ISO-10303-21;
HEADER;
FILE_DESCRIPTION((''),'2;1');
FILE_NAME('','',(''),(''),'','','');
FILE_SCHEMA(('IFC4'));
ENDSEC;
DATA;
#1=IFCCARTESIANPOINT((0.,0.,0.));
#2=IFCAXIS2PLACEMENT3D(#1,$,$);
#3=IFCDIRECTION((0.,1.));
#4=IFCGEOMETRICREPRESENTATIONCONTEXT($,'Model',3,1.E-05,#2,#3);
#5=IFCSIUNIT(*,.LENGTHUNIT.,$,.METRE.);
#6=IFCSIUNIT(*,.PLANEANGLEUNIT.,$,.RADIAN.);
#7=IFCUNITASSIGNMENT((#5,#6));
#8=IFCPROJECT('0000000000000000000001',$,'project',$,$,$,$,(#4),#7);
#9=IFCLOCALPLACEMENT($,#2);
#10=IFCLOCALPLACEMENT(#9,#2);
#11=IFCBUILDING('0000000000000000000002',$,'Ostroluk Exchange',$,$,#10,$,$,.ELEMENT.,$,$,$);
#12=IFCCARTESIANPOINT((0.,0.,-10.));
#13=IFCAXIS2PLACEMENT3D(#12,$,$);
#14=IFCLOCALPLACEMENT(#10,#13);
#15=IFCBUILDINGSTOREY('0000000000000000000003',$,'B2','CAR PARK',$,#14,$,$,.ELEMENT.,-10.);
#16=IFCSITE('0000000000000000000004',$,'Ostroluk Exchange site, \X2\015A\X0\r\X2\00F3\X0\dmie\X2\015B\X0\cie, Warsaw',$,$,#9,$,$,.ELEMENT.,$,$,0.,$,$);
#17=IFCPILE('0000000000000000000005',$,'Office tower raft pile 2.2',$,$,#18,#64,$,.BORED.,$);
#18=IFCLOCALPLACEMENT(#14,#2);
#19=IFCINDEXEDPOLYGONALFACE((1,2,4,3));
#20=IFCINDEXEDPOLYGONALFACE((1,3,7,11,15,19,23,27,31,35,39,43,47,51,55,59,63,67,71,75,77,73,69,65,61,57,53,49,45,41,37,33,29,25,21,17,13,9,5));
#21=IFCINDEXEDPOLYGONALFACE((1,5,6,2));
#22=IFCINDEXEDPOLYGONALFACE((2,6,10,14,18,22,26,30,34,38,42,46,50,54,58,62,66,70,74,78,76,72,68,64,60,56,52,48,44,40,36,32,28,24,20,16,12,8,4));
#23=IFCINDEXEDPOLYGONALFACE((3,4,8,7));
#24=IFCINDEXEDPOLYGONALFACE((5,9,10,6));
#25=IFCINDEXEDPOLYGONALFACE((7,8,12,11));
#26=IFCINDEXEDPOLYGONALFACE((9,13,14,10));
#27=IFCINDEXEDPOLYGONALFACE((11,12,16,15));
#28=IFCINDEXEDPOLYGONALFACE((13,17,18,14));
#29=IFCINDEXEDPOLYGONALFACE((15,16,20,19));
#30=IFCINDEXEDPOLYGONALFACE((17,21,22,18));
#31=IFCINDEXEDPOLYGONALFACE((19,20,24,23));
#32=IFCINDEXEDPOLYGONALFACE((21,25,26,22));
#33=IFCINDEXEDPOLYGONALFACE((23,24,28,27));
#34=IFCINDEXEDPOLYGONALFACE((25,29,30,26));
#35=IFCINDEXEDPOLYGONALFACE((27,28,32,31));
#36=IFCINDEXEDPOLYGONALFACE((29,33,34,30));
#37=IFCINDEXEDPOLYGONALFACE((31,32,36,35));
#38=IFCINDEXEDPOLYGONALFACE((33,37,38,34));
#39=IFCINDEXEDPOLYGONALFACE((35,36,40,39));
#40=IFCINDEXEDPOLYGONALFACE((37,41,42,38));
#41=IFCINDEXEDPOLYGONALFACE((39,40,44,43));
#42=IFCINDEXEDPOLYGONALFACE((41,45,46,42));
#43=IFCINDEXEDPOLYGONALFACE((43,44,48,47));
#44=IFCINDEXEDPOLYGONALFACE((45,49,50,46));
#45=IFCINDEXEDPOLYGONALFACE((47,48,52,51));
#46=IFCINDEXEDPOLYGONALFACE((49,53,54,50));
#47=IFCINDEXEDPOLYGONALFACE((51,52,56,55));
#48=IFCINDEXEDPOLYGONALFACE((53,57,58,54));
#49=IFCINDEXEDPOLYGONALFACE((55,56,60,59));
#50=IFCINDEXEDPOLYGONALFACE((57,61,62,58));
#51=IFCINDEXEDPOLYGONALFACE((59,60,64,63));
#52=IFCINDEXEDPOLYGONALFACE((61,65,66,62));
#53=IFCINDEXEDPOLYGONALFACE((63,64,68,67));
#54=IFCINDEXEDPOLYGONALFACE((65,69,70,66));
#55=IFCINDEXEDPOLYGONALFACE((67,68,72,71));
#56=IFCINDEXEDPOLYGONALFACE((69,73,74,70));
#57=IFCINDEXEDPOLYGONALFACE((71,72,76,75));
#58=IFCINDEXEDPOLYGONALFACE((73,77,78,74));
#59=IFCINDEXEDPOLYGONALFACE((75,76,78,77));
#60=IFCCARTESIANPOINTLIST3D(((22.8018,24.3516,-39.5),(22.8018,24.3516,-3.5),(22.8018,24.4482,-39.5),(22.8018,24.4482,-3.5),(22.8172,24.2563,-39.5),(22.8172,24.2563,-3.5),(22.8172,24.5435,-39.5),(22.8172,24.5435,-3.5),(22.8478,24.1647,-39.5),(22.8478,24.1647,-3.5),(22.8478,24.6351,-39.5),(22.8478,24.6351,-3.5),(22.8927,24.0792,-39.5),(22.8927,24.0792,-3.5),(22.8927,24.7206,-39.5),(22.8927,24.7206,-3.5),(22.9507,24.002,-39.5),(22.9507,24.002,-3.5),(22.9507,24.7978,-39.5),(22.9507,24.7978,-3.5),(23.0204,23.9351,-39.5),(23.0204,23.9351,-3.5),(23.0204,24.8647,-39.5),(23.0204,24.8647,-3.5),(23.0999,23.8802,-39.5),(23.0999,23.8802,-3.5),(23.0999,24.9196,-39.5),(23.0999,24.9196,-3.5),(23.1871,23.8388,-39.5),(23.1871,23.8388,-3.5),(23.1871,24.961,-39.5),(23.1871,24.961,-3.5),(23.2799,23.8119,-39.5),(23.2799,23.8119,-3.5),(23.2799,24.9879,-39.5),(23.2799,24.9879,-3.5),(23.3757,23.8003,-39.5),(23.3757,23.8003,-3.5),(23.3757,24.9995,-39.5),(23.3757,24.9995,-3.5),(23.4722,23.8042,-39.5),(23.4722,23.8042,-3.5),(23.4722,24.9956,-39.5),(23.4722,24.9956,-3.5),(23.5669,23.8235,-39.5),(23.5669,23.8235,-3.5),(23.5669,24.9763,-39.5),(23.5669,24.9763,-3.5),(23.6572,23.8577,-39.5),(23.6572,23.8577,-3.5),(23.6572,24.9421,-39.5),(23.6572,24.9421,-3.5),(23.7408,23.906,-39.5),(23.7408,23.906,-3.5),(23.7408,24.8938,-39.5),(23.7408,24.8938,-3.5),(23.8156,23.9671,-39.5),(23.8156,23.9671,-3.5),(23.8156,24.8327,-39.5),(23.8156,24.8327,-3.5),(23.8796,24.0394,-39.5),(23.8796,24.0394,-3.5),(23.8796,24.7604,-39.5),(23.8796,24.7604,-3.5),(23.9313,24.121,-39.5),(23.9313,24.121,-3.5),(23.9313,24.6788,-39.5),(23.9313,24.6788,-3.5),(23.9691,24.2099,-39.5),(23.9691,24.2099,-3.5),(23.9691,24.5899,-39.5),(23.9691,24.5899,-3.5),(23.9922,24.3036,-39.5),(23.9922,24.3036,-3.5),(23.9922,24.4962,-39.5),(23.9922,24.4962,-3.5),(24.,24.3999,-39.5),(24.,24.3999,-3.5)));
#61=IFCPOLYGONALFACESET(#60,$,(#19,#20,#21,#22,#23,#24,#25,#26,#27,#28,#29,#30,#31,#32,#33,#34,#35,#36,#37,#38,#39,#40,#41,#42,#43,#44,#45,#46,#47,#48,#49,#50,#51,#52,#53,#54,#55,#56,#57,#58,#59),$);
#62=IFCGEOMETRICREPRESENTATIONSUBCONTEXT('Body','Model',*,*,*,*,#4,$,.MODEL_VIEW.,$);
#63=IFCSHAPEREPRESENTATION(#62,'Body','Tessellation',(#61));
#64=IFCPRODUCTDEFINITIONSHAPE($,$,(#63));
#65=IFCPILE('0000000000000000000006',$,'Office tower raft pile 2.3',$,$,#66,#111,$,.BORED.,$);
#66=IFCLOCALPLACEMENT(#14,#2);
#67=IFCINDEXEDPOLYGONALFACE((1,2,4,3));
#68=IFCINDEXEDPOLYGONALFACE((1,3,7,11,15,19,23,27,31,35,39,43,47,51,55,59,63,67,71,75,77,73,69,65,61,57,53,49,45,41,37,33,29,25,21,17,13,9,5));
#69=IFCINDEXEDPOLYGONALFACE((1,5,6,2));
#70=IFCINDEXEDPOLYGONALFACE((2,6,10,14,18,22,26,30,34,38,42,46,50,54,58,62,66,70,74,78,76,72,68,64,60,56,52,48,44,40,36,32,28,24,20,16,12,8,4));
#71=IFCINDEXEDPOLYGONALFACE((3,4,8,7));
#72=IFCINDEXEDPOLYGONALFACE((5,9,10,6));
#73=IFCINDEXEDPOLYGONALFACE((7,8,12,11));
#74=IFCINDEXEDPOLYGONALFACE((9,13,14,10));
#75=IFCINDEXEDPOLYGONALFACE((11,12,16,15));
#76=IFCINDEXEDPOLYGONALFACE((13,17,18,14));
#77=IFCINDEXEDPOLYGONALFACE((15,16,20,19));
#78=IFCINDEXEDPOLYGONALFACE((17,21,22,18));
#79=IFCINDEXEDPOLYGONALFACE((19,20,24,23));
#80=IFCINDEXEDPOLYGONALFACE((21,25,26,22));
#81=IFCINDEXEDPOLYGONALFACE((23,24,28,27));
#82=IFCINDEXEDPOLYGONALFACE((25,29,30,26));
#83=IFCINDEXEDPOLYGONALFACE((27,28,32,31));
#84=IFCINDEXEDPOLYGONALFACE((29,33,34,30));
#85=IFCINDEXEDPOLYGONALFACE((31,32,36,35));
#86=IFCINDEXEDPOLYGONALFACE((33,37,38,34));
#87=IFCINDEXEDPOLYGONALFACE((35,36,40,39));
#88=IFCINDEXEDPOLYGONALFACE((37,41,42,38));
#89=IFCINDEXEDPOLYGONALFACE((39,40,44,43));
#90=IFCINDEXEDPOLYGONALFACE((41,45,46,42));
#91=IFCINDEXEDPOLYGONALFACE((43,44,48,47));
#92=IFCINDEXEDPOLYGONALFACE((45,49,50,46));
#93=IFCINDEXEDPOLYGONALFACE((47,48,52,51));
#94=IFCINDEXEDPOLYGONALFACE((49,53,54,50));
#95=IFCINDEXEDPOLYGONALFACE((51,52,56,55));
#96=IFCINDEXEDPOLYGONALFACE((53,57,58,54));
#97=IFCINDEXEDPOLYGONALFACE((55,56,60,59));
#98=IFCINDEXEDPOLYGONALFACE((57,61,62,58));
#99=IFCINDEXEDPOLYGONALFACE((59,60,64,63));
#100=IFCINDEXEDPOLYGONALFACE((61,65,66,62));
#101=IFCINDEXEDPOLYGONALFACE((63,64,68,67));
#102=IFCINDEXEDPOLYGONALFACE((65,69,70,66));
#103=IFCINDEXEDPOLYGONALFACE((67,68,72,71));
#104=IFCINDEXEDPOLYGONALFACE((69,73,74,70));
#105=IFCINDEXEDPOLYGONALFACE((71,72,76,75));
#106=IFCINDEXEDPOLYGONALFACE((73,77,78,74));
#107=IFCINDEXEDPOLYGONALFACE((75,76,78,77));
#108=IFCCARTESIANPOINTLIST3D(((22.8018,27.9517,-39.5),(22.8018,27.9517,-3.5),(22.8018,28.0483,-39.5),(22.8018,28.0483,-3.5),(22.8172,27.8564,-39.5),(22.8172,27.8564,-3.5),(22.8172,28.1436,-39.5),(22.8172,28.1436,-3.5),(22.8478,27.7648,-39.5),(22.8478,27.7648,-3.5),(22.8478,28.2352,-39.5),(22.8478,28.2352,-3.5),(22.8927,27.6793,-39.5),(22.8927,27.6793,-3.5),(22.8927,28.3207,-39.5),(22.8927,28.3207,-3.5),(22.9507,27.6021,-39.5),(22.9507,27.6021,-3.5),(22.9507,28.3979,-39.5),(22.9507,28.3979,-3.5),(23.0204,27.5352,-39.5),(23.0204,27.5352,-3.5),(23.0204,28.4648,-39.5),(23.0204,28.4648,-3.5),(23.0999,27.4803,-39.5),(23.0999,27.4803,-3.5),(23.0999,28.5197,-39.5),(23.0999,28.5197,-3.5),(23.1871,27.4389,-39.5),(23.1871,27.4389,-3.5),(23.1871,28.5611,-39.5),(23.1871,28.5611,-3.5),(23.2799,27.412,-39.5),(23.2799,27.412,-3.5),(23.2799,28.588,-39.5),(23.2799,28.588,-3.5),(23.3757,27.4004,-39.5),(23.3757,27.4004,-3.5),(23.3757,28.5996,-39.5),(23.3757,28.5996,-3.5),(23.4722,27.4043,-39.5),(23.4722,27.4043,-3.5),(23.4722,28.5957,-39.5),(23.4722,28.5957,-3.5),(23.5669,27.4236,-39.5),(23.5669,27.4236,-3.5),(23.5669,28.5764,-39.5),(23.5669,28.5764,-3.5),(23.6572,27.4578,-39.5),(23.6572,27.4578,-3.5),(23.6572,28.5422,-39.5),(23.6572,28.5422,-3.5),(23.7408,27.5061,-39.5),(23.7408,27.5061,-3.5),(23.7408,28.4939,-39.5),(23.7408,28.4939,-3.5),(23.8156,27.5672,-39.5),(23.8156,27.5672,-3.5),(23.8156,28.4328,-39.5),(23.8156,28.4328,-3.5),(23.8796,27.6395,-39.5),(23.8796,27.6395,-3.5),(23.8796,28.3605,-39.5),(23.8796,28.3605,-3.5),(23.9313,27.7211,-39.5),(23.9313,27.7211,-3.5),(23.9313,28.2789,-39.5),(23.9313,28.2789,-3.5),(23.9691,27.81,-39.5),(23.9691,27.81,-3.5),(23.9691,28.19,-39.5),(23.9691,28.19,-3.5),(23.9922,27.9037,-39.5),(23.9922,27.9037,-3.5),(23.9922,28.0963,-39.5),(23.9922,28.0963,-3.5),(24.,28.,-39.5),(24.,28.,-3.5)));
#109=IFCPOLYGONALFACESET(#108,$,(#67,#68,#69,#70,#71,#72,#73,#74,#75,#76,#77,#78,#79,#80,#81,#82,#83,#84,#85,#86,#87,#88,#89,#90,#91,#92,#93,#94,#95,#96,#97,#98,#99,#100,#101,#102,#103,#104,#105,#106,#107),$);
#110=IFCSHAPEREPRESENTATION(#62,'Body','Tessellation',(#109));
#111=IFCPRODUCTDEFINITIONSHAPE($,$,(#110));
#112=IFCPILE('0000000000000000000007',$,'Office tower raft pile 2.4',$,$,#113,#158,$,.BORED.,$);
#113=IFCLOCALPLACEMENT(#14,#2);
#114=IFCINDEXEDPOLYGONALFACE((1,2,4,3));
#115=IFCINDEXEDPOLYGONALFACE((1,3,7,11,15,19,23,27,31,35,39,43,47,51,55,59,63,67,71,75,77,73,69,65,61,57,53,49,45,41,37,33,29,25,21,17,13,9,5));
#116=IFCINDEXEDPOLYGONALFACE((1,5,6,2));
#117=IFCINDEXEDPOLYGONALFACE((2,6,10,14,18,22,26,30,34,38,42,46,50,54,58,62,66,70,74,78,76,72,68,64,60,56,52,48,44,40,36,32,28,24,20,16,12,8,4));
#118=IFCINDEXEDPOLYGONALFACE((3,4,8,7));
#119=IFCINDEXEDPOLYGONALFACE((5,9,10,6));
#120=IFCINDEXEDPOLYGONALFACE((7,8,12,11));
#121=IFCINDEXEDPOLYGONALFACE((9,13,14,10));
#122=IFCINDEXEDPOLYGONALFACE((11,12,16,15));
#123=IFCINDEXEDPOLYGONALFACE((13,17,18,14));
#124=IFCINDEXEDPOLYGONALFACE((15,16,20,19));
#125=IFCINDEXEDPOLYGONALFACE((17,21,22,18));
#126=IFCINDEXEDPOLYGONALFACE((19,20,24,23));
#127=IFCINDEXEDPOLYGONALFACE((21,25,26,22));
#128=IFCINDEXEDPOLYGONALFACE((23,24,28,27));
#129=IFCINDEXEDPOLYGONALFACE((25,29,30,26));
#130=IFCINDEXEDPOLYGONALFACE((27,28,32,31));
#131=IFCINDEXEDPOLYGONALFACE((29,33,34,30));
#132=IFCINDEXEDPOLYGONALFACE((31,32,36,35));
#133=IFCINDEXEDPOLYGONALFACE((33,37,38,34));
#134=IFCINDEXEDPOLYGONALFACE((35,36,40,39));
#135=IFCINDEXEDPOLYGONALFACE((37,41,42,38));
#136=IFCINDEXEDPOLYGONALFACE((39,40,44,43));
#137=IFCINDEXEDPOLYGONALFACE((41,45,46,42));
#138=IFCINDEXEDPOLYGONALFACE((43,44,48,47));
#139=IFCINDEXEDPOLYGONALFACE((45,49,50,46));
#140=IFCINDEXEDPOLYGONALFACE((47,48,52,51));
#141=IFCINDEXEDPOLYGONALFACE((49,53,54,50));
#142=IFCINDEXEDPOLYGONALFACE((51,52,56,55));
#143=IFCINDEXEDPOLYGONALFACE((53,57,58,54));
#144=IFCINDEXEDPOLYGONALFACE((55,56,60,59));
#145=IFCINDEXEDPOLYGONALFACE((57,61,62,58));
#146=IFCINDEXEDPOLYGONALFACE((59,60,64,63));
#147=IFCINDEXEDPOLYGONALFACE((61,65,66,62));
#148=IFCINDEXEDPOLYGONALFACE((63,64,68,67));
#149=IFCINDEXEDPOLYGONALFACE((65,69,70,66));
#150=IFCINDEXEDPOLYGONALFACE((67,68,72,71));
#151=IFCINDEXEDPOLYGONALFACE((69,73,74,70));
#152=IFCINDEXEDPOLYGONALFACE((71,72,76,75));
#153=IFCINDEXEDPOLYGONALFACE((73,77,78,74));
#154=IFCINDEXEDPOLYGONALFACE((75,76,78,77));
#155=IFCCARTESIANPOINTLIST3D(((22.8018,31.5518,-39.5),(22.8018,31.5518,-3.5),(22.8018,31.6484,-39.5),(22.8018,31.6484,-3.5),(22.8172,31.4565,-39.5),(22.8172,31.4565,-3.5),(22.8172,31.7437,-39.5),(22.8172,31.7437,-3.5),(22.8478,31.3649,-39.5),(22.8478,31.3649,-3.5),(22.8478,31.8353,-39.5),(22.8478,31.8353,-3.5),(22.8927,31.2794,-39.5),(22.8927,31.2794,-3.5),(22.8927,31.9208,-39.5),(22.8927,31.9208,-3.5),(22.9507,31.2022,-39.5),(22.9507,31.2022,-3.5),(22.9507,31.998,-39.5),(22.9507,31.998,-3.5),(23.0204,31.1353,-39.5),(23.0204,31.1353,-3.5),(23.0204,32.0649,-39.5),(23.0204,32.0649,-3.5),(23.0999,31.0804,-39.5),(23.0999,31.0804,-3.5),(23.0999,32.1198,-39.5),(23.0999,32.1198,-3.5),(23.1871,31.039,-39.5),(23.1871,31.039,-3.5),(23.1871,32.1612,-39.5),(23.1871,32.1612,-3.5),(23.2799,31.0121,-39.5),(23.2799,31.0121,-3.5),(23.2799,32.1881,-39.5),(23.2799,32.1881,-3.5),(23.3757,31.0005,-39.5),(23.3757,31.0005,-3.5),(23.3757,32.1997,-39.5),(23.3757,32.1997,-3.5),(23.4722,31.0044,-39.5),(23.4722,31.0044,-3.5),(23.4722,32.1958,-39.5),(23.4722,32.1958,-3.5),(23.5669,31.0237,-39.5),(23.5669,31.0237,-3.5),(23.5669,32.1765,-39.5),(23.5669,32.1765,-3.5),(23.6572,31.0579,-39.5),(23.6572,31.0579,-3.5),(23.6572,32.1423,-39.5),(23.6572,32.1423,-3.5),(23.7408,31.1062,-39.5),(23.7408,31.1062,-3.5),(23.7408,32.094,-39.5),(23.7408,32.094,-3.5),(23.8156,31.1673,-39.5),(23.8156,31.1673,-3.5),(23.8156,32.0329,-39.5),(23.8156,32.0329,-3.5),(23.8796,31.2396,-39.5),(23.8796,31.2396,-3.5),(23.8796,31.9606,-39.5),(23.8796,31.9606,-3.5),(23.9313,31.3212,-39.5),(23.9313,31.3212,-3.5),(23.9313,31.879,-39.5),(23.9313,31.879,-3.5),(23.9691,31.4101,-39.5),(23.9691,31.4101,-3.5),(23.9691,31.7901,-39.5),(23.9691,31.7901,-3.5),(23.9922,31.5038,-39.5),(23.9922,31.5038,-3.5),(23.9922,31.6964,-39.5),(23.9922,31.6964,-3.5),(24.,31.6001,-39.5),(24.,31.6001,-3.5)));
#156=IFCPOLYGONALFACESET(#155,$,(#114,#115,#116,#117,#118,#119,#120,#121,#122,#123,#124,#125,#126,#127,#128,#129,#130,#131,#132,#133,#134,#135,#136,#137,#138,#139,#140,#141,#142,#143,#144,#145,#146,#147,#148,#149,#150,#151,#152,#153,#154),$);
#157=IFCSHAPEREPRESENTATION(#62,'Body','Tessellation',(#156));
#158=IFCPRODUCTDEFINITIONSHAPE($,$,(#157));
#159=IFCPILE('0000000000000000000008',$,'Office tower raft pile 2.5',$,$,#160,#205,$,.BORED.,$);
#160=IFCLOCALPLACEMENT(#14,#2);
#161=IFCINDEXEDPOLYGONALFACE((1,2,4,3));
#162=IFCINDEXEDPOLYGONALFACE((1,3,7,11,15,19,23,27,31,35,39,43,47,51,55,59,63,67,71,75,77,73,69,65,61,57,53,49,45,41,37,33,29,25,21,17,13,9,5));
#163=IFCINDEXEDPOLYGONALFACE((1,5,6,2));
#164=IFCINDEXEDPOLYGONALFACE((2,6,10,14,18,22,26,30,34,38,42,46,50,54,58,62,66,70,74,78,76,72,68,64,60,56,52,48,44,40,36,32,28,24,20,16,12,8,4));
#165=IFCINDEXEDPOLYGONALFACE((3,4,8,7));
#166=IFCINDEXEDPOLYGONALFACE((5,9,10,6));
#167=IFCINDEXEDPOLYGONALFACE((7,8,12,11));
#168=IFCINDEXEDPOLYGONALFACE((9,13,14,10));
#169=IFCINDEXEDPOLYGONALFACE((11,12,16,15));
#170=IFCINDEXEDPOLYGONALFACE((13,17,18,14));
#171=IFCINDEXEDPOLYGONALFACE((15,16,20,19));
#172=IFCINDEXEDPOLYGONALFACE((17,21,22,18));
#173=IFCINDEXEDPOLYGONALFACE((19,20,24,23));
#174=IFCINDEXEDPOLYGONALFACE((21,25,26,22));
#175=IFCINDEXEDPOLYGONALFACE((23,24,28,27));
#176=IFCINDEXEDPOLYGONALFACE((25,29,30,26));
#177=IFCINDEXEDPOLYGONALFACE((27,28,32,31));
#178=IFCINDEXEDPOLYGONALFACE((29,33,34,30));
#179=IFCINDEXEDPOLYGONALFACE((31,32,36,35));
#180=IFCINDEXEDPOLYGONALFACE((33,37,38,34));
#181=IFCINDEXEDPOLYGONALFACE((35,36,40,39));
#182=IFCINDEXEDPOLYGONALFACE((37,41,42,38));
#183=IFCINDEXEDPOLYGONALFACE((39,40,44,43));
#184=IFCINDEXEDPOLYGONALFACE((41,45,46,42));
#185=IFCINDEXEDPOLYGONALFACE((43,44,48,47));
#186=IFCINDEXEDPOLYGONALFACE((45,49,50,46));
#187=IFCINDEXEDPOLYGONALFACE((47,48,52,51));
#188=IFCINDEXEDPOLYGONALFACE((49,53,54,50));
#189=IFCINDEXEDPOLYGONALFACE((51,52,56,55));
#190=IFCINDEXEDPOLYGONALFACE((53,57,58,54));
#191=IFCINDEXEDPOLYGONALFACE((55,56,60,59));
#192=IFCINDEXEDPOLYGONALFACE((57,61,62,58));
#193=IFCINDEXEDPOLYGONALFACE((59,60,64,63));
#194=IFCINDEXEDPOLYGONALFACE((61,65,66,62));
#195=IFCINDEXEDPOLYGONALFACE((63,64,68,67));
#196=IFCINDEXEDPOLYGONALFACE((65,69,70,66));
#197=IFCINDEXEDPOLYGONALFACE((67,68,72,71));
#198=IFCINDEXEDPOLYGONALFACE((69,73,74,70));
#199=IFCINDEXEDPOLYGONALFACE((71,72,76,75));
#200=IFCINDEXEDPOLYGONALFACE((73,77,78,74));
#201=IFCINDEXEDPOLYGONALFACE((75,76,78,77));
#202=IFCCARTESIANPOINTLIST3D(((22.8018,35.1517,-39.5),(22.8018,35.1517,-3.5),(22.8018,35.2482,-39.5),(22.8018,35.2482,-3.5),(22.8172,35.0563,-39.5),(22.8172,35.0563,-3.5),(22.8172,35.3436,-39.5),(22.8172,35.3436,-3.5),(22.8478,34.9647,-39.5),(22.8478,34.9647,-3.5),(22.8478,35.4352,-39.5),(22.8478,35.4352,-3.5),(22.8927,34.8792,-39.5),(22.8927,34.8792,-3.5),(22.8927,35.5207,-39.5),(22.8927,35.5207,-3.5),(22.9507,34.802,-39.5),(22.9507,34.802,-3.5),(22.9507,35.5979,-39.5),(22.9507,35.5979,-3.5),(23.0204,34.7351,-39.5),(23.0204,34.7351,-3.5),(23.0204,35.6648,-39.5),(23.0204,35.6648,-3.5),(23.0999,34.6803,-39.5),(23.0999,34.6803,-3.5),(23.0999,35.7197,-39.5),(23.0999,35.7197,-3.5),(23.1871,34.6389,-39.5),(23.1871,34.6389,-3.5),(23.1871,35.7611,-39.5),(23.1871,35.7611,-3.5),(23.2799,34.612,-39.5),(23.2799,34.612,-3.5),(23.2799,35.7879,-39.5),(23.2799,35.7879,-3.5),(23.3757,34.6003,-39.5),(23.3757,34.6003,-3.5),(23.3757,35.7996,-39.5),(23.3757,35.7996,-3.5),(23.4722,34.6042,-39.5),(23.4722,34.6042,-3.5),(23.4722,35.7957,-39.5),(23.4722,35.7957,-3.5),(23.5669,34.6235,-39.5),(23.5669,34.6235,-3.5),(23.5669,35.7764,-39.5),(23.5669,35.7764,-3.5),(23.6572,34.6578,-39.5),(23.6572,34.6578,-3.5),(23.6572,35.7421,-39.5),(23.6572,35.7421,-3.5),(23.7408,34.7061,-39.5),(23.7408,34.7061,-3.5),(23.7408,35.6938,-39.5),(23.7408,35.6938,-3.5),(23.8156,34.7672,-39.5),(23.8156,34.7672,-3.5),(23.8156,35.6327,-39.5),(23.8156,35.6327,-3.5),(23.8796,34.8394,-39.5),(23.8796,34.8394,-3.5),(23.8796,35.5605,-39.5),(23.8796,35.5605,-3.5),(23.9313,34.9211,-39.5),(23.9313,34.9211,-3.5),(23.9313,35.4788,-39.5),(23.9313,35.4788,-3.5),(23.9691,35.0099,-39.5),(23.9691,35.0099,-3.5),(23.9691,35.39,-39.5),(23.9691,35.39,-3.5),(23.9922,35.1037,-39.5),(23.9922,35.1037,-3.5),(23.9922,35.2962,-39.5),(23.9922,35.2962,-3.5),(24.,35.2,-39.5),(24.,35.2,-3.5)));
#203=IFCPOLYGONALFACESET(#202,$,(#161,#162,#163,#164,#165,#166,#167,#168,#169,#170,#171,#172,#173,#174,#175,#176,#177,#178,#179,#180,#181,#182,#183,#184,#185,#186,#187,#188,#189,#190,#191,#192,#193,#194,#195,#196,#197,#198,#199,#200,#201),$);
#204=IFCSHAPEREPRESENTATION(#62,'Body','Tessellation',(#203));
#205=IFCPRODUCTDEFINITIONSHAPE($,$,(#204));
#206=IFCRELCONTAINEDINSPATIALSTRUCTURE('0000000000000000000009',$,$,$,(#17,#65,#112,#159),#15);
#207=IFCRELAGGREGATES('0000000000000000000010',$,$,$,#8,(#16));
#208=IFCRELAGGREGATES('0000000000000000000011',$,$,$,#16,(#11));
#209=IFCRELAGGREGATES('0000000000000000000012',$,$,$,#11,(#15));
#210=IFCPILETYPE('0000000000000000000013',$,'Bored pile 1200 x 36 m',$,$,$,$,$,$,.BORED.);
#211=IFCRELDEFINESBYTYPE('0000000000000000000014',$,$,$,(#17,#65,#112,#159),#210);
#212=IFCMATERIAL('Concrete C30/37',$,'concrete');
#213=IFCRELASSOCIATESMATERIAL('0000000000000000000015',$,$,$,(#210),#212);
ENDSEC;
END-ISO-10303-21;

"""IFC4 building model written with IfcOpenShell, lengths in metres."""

from ifc_helpers import new_model, si_unit, direction, frame, origin, origin_2d, place, context, subcontext, project, spatial, circle, extrude, material, type_object, element, save


model = new_model("IFC4")

# Units and contexts
model_context = context("Model", 3, precision=1e-05, world=origin(), true_north=direction((0.0, 1.0)))
body_context = subcontext(model_context, "Body", "Model", "MODEL_VIEW")
ifc_project = project(units=[si_unit("LENGTHUNIT", "METRE"), si_unit("PLANEANGLEUNIT", "RADIAN")], contexts=[model_context])

# Site, building, storey
site_placement = place(None, origin())
site = spatial("IfcSite", under=ifc_project, at=site_placement, Name="Ostroluk Exchange site, Śródmieście, Warsaw", CompositionType="ELEMENT", RefElevation=0.0)
building_placement = place(site_placement, origin())
building = spatial("IfcBuilding", under=site, at=building_placement, Name="Ostroluk Exchange", CompositionType="ELEMENT")
storey_placement = place(building_placement, frame((0.0, 0.0, -10.0)))
storey = spatial("IfcBuildingStorey", under=building, at=storey_placement, Name="B2", Description="CAR PARK", CompositionType="ELEMENT", Elevation=-10.0)

# Piles
ifc_material_1 = material(Name="Concrete C30/37", Category="concrete")
pile_type = type_object("IfcPileType", Name="Bored pile 1200 x 36 m", PredefinedType="BORED", material=ifc_material_1)
for number, where, z_axis, x_axis, name in (
    (1, (23.3999, 24.3999, -3.5), (0.0, 0.0, -1.0), (1.0, 0.0, 0.0), "Office tower raft pile 2.2"),
    (2, (23.3999, 28.0, -3.5), (0.0, 0.0, -1.0), (1.0, 0.0, 0.0), "Office tower raft pile 2.3"),
    (3, (23.3999, 31.6001, -3.5), (0.0, 0.0, -1.0), (1.0, 0.0, 0.0), "Office tower raft pile 2.4"),
    (4, (23.3999, 35.2, -3.5), (0.0, 0.0, -1.0), (1.0, 0.0, 0.0), "Office tower raft pile 2.5"),
):
    element("IfcPile", number, at=place(storey_placement, frame(where, z_axis=z_axis, x_axis=x_axis)), inside=storey, type_object=pile_type, Name=name, PredefinedType="BORED", context=body_context, shape_type="SweptSolid", body=[
        extrude(circle(Radius=0.6001, at=origin_2d()), origin(), (0.0, 0.0, 1.0), 36.0),
    ])

save(model, "model.ifc")
